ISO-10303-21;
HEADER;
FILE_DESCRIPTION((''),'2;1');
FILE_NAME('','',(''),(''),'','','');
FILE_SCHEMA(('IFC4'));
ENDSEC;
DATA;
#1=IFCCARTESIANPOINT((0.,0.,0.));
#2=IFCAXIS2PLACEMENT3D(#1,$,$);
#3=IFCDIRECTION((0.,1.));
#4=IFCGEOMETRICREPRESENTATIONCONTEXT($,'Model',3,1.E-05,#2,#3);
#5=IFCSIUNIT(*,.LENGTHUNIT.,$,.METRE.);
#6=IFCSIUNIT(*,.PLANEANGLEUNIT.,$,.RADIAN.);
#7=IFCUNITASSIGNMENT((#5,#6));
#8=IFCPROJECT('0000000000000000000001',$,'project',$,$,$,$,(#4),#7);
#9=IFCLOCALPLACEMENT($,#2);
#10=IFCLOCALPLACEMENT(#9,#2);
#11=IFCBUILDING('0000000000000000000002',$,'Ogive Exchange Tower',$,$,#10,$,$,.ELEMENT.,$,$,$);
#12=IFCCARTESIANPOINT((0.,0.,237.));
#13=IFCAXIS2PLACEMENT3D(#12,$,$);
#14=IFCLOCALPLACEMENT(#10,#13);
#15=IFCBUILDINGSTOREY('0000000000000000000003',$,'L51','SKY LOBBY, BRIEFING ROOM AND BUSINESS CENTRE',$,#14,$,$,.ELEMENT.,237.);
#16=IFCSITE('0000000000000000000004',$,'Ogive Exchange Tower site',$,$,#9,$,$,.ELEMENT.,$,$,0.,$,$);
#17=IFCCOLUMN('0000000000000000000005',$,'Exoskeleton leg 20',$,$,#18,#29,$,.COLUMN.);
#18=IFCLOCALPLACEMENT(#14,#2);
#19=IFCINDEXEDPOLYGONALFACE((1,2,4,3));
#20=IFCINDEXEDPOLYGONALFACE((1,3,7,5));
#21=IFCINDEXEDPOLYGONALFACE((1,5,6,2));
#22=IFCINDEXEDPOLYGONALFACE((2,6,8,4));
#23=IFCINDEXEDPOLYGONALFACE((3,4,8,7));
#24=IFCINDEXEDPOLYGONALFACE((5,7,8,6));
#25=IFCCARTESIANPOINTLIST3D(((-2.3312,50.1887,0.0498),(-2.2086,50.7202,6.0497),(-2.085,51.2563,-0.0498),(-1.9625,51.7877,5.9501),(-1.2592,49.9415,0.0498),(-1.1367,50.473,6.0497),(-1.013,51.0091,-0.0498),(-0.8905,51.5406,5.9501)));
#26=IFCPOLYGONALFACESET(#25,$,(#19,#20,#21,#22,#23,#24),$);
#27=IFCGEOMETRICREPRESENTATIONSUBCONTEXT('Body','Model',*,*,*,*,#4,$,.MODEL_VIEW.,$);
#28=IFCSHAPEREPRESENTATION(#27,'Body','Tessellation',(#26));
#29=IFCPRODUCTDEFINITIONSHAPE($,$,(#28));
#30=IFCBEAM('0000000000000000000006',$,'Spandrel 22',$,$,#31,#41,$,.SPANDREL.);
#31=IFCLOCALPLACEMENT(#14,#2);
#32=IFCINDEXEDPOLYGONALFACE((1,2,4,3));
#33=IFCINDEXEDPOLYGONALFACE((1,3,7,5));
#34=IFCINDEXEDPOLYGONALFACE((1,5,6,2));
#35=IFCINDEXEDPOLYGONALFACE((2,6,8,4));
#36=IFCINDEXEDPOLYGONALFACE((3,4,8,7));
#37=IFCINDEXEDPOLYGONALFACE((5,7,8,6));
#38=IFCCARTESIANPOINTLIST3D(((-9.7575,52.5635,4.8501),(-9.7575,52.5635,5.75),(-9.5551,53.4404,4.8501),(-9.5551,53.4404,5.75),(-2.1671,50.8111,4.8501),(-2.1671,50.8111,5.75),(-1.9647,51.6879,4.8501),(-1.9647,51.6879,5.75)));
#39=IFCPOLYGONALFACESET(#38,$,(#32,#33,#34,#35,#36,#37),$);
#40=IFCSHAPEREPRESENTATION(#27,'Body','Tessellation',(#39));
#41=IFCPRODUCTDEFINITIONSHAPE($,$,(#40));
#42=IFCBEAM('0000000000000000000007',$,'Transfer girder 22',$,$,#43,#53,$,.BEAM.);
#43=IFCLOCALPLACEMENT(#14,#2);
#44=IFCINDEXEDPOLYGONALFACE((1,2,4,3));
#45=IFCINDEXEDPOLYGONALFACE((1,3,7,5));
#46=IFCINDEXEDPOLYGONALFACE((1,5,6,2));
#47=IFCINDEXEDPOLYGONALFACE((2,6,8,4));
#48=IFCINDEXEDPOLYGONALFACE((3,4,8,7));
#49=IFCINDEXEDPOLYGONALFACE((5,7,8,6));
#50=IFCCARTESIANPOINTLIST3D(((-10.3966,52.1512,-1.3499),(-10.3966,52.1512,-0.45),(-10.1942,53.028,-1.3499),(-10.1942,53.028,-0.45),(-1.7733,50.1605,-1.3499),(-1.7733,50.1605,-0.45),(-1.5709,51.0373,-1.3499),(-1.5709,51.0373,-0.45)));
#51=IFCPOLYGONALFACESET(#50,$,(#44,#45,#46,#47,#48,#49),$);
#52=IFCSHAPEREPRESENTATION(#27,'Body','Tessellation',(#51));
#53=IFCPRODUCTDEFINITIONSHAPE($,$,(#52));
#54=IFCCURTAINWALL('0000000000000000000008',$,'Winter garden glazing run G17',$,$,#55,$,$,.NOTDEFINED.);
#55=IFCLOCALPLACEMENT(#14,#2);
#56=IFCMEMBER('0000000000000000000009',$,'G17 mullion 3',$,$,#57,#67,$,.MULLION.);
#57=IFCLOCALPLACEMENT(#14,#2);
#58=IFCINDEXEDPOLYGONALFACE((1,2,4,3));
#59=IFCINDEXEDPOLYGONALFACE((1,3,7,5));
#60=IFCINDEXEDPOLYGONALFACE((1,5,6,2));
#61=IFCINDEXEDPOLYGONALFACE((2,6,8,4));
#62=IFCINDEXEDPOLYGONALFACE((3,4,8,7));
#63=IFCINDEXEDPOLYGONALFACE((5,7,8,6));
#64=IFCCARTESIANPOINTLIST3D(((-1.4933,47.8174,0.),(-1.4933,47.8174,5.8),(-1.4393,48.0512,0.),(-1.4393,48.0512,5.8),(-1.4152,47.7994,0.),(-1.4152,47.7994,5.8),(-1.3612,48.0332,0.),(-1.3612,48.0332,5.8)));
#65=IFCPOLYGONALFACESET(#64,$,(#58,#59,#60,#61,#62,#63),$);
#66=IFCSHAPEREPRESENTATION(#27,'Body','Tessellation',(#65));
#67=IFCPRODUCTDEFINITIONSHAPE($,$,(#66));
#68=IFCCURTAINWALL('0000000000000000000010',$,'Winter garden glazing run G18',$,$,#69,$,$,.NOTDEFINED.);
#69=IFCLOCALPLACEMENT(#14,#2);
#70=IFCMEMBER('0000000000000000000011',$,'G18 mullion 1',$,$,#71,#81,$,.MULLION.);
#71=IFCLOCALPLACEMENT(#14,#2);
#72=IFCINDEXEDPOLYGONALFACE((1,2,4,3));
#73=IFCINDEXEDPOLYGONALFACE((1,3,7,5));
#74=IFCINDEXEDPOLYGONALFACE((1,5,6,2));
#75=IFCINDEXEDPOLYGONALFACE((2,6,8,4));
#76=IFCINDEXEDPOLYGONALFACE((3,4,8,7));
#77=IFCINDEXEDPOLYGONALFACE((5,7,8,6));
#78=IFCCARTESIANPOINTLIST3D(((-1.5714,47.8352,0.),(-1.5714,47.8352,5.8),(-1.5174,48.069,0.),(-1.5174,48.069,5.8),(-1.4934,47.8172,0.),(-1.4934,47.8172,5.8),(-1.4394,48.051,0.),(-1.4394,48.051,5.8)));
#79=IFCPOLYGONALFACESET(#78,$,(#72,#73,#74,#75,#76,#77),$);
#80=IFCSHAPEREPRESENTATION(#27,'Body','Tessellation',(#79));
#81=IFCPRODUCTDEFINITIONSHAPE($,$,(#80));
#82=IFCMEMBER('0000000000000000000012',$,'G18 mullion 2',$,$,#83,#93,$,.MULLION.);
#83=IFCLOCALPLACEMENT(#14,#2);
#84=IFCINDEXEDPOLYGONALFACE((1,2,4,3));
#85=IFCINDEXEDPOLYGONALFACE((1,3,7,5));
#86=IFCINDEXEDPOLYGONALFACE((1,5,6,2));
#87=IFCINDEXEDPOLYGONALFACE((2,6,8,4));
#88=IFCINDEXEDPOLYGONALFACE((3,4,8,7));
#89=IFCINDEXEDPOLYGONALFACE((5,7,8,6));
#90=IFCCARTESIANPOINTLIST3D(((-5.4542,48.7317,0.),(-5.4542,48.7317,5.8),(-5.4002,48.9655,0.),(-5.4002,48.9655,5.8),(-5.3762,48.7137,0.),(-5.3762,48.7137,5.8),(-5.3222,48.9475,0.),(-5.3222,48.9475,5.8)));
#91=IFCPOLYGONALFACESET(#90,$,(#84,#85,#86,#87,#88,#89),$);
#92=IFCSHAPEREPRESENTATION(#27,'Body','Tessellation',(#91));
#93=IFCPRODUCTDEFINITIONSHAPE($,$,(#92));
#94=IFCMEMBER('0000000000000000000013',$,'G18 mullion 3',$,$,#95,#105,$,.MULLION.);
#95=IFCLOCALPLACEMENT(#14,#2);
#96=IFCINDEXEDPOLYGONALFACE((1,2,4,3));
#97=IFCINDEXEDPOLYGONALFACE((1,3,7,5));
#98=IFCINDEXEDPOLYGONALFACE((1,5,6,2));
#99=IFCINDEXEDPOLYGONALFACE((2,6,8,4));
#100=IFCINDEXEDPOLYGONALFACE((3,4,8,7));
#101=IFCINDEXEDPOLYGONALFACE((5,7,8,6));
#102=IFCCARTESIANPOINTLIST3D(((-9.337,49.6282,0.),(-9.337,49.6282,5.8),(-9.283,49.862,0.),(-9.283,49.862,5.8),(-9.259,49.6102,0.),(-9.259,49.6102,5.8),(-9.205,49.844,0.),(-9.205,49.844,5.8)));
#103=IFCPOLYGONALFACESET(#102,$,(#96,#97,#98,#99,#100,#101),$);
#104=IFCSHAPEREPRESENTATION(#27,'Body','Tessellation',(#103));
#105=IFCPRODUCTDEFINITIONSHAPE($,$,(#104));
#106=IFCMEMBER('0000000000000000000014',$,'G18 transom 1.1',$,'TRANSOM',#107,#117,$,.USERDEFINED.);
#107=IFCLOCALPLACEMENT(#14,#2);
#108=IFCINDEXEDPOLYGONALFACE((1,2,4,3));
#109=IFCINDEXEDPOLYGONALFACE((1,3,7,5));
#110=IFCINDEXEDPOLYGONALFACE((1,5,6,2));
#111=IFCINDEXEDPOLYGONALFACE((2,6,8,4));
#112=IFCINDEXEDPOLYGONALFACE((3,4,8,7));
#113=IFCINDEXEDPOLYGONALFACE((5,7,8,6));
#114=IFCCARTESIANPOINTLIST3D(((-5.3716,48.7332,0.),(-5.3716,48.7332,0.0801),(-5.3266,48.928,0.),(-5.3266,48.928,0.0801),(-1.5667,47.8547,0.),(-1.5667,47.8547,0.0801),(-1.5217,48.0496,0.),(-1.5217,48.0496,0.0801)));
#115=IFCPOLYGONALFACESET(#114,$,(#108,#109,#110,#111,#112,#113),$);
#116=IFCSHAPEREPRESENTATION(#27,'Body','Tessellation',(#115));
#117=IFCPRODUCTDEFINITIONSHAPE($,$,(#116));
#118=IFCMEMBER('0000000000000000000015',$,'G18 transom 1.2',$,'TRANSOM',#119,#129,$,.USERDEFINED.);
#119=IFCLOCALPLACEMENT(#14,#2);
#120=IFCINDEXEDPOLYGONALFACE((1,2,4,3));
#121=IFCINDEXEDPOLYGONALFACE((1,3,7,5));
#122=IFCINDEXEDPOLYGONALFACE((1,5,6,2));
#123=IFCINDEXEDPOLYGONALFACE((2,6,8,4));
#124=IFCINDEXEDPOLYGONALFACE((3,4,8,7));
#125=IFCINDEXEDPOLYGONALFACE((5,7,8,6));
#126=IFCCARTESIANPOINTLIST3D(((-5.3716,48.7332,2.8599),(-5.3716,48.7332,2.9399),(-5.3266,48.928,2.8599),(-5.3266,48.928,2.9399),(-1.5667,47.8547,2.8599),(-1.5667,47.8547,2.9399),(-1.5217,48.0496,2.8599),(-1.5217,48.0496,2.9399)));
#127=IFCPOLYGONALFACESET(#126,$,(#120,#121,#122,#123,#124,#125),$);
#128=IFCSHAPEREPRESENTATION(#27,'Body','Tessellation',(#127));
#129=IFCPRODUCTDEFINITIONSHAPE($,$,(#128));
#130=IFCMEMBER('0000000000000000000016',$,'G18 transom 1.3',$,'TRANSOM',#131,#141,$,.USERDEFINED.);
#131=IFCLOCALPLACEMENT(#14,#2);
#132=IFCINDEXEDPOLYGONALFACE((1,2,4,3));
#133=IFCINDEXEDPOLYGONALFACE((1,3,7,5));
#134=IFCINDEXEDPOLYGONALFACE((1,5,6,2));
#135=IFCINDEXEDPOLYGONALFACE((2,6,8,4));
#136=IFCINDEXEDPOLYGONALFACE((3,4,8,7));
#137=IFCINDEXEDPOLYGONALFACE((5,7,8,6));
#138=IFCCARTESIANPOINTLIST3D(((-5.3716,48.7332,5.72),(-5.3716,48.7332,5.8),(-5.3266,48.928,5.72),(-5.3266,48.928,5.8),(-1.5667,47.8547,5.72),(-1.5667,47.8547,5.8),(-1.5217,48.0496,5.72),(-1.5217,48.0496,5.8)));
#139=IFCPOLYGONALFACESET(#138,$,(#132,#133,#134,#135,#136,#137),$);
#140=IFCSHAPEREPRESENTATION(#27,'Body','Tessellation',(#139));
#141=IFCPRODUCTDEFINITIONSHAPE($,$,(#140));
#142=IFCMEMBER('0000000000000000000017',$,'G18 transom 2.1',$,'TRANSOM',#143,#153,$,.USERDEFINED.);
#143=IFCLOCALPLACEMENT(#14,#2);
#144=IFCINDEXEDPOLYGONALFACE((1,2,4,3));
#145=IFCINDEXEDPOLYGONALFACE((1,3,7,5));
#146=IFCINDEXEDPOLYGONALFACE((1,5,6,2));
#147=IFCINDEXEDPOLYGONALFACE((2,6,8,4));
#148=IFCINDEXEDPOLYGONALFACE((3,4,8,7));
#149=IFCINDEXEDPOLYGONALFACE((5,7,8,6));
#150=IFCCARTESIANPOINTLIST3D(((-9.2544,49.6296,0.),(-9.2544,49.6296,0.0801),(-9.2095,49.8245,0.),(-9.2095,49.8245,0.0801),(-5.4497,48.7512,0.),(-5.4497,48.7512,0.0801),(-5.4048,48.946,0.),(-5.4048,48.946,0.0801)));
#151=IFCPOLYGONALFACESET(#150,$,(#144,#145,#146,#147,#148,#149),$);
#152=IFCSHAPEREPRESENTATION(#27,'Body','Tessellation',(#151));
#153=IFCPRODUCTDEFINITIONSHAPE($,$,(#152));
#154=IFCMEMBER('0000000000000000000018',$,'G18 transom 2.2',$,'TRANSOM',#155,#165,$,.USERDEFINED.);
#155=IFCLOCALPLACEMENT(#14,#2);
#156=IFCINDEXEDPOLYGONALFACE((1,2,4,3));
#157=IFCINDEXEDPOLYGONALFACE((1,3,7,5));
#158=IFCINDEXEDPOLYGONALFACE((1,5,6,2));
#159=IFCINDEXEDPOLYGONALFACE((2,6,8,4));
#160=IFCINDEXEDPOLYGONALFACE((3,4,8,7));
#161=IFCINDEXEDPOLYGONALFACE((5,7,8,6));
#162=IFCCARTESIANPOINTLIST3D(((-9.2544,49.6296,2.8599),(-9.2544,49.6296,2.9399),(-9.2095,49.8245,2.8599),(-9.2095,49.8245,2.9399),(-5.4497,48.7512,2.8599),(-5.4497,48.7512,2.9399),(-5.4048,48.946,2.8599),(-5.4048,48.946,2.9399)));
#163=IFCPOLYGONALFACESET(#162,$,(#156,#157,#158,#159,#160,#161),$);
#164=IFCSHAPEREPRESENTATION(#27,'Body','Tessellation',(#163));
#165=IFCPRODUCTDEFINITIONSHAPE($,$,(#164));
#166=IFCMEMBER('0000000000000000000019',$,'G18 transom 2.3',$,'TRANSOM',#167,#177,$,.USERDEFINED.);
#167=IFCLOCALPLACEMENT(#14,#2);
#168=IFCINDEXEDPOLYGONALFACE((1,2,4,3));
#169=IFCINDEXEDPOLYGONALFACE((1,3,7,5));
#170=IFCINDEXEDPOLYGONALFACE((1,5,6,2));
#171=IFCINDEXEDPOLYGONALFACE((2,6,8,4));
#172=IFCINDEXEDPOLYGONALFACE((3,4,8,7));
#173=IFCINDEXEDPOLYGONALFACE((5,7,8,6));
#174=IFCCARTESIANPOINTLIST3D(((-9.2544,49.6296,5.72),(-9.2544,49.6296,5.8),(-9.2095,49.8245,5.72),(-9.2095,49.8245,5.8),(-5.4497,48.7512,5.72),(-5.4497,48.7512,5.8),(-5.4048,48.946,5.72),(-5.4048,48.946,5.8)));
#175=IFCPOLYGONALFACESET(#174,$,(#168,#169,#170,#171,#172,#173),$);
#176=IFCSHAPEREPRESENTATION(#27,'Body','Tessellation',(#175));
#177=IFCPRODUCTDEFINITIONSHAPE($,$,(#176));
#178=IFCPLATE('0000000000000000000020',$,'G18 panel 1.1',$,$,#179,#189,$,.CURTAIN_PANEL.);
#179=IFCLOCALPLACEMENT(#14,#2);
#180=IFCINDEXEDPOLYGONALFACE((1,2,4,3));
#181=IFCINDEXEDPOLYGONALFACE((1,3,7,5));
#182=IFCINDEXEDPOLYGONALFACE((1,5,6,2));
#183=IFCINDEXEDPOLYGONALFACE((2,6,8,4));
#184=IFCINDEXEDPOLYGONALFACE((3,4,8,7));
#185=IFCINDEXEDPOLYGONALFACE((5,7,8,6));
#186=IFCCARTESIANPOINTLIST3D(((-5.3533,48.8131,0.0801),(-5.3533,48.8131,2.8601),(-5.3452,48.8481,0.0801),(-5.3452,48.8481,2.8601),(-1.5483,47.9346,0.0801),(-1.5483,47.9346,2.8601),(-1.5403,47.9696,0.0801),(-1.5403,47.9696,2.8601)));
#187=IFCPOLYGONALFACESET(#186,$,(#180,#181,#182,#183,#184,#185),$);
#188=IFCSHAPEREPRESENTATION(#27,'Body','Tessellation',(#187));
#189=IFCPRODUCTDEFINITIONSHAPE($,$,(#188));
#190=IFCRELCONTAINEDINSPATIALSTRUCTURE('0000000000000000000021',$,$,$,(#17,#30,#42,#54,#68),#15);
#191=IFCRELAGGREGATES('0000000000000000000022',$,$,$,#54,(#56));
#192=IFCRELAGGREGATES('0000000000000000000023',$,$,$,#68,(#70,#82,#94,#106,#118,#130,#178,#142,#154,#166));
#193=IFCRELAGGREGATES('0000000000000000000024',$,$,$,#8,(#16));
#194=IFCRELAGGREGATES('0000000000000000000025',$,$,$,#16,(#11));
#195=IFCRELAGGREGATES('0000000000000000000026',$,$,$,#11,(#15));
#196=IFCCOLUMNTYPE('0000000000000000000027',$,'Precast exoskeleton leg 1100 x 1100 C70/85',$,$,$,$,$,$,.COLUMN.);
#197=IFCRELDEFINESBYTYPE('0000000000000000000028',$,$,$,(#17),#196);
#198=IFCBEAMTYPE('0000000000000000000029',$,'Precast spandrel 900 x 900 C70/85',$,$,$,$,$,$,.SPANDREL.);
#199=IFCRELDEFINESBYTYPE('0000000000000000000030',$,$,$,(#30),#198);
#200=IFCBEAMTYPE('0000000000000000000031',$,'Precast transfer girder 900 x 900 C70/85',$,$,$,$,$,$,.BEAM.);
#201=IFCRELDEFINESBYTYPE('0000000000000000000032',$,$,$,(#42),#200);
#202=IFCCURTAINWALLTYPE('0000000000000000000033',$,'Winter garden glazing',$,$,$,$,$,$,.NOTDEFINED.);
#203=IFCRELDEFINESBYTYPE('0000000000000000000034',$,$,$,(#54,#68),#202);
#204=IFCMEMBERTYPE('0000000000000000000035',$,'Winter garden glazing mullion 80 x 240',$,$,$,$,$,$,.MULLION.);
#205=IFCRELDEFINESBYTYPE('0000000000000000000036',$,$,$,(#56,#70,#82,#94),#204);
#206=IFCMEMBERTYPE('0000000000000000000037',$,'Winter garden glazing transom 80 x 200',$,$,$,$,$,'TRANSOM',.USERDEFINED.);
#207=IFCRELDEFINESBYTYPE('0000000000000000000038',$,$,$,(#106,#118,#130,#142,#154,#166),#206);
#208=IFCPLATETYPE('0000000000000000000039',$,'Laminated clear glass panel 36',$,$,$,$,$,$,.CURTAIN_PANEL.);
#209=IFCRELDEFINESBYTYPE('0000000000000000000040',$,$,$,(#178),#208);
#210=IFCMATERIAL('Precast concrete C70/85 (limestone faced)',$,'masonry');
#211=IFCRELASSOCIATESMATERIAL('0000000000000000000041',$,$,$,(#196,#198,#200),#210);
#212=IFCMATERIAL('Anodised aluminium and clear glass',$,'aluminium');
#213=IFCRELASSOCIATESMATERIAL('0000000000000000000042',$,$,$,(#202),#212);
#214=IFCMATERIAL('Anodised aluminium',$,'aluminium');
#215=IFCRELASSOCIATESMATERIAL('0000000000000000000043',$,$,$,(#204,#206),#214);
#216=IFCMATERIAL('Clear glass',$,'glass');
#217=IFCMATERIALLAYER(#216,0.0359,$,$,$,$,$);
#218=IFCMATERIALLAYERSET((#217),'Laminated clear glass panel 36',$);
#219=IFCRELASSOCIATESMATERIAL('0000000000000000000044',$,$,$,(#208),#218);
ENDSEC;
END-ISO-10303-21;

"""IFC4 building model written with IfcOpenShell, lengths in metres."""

from ifc_helpers import new_model, si_unit, direction, frame, origin, origin_2d, place, context, subcontext, project, spatial, rectangle, extrude, material, layer, layer_set, material_profile, profile_set, type_object, element, aggregate, save


model = new_model("IFC4")

# Units and contexts
model_context = context("Model", 3, precision=1e-05, world=origin(), true_north=direction((0.0, 1.0)))
body_context = subcontext(model_context, "Body", "Model", "MODEL_VIEW")
ifc_project = project(units=[si_unit("LENGTHUNIT", "METRE"), si_unit("PLANEANGLEUNIT", "RADIAN")], contexts=[model_context])

# Site, building, storey
site_placement = place(None, origin())
site = spatial("IfcSite", under=ifc_project, at=site_placement, Name="Ogive Exchange Tower site", CompositionType="ELEMENT", RefElevation=0.0)
building_placement = place(site_placement, origin())
building = spatial("IfcBuilding", under=site, at=building_placement, Name="Ogive Exchange Tower", CompositionType="ELEMENT")
storey_placement = place(building_placement, frame((0.0, 0.0, 237.0)))
storey = spatial("IfcBuildingStorey", under=building, at=storey_placement, Name="L51", Description="SKY LOBBY, BRIEFING ROOM AND BUSINESS CENTRE", CompositionType="ELEMENT", Elevation=237.0)

# Column
ifc_material_1 = material(Name="Precast concrete C70/85 (limestone faced)", Category="masonry")
ifc_material_profile_1 = material_profile(ifc_material_1, rectangle(XDim=1.1001, YDim=1.1001, at=origin_2d()), Name="1100 x 1100")
ifc_profile_set_1 = profile_set([ifc_material_profile_1], Name="Precast concrete C70/85 (limestone faced)")
column_type = type_object("IfcColumnType", Name="Precast exoskeleton leg 1100 x 1100 C70/85", PredefinedType="COLUMN", material=ifc_profile_set_1)
column_placement = place(storey_placement, frame((-1.6721, 50.5989, 0.0), z_axis=(0.020343, 0.088219, 0.995893), x_axis=(-0.974429, 0.224696, 0.0)))
element("IfcColumn", 1, at=column_placement, inside=storey, type_object=column_type, Name="Exoskeleton leg 20", PredefinedType="COLUMN", context=body_context, shape_type="SweptSolid", body=[
    extrude(rectangle(XDim=1.1001, YDim=1.1001, at=origin_2d()), origin(), (0.0, 0.0, 1.0), 6.0247),
])

# Beams
ifc_material_profile_2 = material_profile(ifc_material_1, rectangle(XDim=0.8999, YDim=0.8999, at=origin_2d()), Name="900 x 900")
ifc_profile_set_2 = profile_set([ifc_material_profile_2], Name="Precast concrete C70/85 (limestone faced)")
beam_type_1 = type_object("IfcBeamType", Name="Precast spandrel 900 x 900 C70/85", PredefinedType="SPANDREL", material=ifc_profile_set_2)
beam_1_placement = place(storey_placement, frame((-2.0659, 51.2495, 5.3), z_axis=(-0.974368, 0.22496, 0.0), x_axis=(-0.22496, -0.974368, 0.0)))
element("IfcBeam", 2, at=beam_1_placement, inside=storey, type_object=beam_type_1, Name="Spandrel 22", PredefinedType="SPANDREL", context=body_context, shape_type="SweptSolid", body=[
    extrude(rectangle(XDim=0.8999, YDim=0.8999, at=origin_2d()), origin(), (0.0, 0.0, 1.0), 7.79),
])
ifc_material_profile_3 = material_profile(ifc_material_1, rectangle(XDim=0.8999, YDim=0.8999, at=origin_2d()), Name="900 x 900")
ifc_profile_set_3 = profile_set([ifc_material_profile_3], Name="Precast concrete C70/85 (limestone faced)")
beam_type_2 = type_object("IfcBeamType", Name="Precast transfer girder 900 x 900 C70/85", PredefinedType="BEAM", material=ifc_profile_set_3)
beam_2_placement = place(storey_placement, frame((-1.6721, 50.5989, -0.8999), z_axis=(-0.974373, 0.224938, 0.0), x_axis=(-0.224938, -0.974373, 0.0)))
element("IfcBeam", 3, at=beam_2_placement, inside=storey, type_object=beam_type_2, Name="Transfer girder 22", PredefinedType="BEAM", context=body_context, shape_type="SweptSolid", body=[
    extrude(rectangle(XDim=0.8999, YDim=0.8999, at=origin_2d()), origin(), (0.0, 0.0, 1.0), 8.8501),
])

# Curtain wall, member
ifc_material_2 = material(Name="Anodised aluminium and clear glass", Category="aluminium")
curtain_wall_type = type_object("IfcCurtainWallType", Name="Winter garden glazing", PredefinedType="NOTDEFINED", material=ifc_material_2)
curtain_wall_1_placement = place(storey_placement, origin())
curtain_wall_1 = element("IfcCurtainWall", 4, at=curtain_wall_1_placement, inside=storey, type_object=curtain_wall_type, Name="Winter garden glazing run G17", PredefinedType="NOTDEFINED")
ifc_material_3 = material(Name="Anodised aluminium", Category="aluminium")
ifc_material_profile_4 = material_profile(ifc_material_3, rectangle(XDim=0.24, YDim=0.0801, at=origin_2d()), Name="AL 80x240")
ifc_profile_set_4 = profile_set([ifc_material_profile_4], Name="Anodised aluminium")
member_type_1 = type_object("IfcMemberType", Name="Winter garden glazing mullion 80 x 240", PredefinedType="MULLION", material=ifc_profile_set_4)
member_1_placement = place(storey_placement, frame((-1.4272, 47.9253, 0.0), z_axis=(0.0, 0.0, 1.0), x_axis=(-0.224944, -0.974372, 0.0)))
member_1 = element("IfcMember", 5, at=member_1_placement, type_object=member_type_1, Name="G17 mullion 3", PredefinedType="MULLION", context=body_context, shape_type="SweptSolid", body=[
    extrude(rectangle(XDim=0.24, YDim=0.0801, at=origin_2d()), origin(), (0.0, 0.0, 1.0), 5.8),
])
aggregate(curtain_wall_1, [member_1])

# Curtain wall, members, plate
curtain_wall_2_placement = place(storey_placement, origin())
curtain_wall_2 = element("IfcCurtainWall", 6, at=curtain_wall_2_placement, inside=storey, type_object=curtain_wall_type, Name="Winter garden glazing run G18", PredefinedType="NOTDEFINED")
member_2_placement = place(storey_placement, frame((-1.5054, 47.9431, 0.0), z_axis=(0.0, 0.0, 1.0), x_axis=(-0.224956, -0.974369, 0.0)))
member_2 = element("IfcMember", 7, at=member_2_placement, type_object=member_type_1, Name="G18 mullion 1", PredefinedType="MULLION", context=body_context, shape_type="SweptSolid", body=[
    extrude(rectangle(XDim=0.24, YDim=0.0801, at=origin_2d()), origin(), (0.0, 0.0, 1.0), 5.8),
])
member_3_placement = place(storey_placement, frame((-5.3882, 48.8396, 0.0), z_axis=(0.0, 0.0, 1.0), x_axis=(-0.224956, -0.974369, 0.0)))
member_3 = element("IfcMember", 8, at=member_3_placement, type_object=member_type_1, Name="G18 mullion 2", PredefinedType="MULLION", context=body_context, shape_type="SweptSolid", body=[
    extrude(rectangle(XDim=0.24, YDim=0.0801, at=origin_2d()), origin(), (0.0, 0.0, 1.0), 5.8),
])
member_4_placement = place(storey_placement, frame((-9.271, 49.7361, 0.0), z_axis=(0.0, 0.0, 1.0), x_axis=(-0.224956, -0.974369, 0.0)))
member_4 = element("IfcMember", 9, at=member_4_placement, type_object=member_type_1, Name="G18 mullion 3", PredefinedType="MULLION", context=body_context, shape_type="SweptSolid", body=[
    extrude(rectangle(XDim=0.24, YDim=0.0801, at=origin_2d()), origin(), (0.0, 0.0, 1.0), 5.8),
])
ifc_material_profile_5 = material_profile(ifc_material_3, rectangle(XDim=0.2, YDim=0.0801, at=origin_2d()), Name="AL 80x200")
ifc_profile_set_5 = profile_set([ifc_material_profile_5], Name="Anodised aluminium")
member_type_2 = type_object("IfcMemberType", Name="Winter garden glazing transom 80 x 200", ElementType="TRANSOM", PredefinedType="USERDEFINED", material=ifc_profile_set_5)
member_5_placement = place(storey_placement, frame((-1.5442, 47.9521, 0.04), z_axis=(-0.974371, 0.224946, 0.0), x_axis=(-0.224946, -0.974371, 0.0)))
member_5 = element("IfcMember", 10, at=member_5_placement, type_object=member_type_2, Name="G18 transom 1.1", ObjectType="TRANSOM", PredefinedType="USERDEFINED", context=body_context, shape_type="SweptSolid", body=[
    extrude(rectangle(XDim=0.2, YDim=0.0801, at=origin_2d()), origin(), (0.0, 0.0, 1.0), 3.905),
])
member_6_placement = place(storey_placement, frame((-1.5442, 47.9521, 2.8999), z_axis=(-0.974371, 0.224946, 0.0), x_axis=(-0.224946, -0.974371, 0.0)))
member_6 = element("IfcMember", 11, at=member_6_placement, type_object=member_type_2, Name="G18 transom 1.2", ObjectType="TRANSOM", PredefinedType="USERDEFINED", context=body_context, shape_type="SweptSolid", body=[
    extrude(rectangle(XDim=0.2, YDim=0.0801, at=origin_2d()), origin(), (0.0, 0.0, 1.0), 3.905),
])
member_7_placement = place(storey_placement, frame((-1.5442, 47.9521, 5.76), z_axis=(-0.974371, 0.224946, 0.0), x_axis=(-0.224946, -0.974371, 0.0)))
member_7 = element("IfcMember", 12, at=member_7_placement, type_object=member_type_2, Name="G18 transom 1.3", ObjectType="TRANSOM", PredefinedType="USERDEFINED", context=body_context, shape_type="SweptSolid", body=[
    extrude(rectangle(XDim=0.2, YDim=0.0801, at=origin_2d()), origin(), (0.0, 0.0, 1.0), 3.905),
])
member_8_placement = place(storey_placement, frame((-5.4272, 48.8486, 0.04), z_axis=(-0.974368, 0.22496, 0.0), x_axis=(-0.22496, -0.974368, 0.0)))
member_8 = element("IfcMember", 13, at=member_8_placement, type_object=member_type_2, Name="G18 transom 2.1", ObjectType="TRANSOM", PredefinedType="USERDEFINED", context=body_context, shape_type="SweptSolid", body=[
    extrude(rectangle(XDim=0.2, YDim=0.0801, at=origin_2d()), origin(), (0.0, 0.0, 1.0), 3.9048),
])
member_9_placement = place(storey_placement, frame((-5.4272, 48.8486, 2.8999), z_axis=(-0.974368, 0.22496, 0.0), x_axis=(-0.22496, -0.974368, 0.0)))
member_9 = element("IfcMember", 14, at=member_9_placement, type_object=member_type_2, Name="G18 transom 2.2", ObjectType="TRANSOM", PredefinedType="USERDEFINED", context=body_context, shape_type="SweptSolid", body=[
    extrude(rectangle(XDim=0.2, YDim=0.0801, at=origin_2d()), origin(), (0.0, 0.0, 1.0), 3.9048),
])
member_10_placement = place(storey_placement, frame((-5.4272, 48.8486, 5.76), z_axis=(-0.974368, 0.22496, 0.0), x_axis=(-0.22496, -0.974368, 0.0)))
member_10 = element("IfcMember", 15, at=member_10_placement, type_object=member_type_2, Name="G18 transom 2.3", ObjectType="TRANSOM", PredefinedType="USERDEFINED", context=body_context, shape_type="SweptSolid", body=[
    extrude(rectangle(XDim=0.2, YDim=0.0801, at=origin_2d()), origin(), (0.0, 0.0, 1.0), 3.9048),
])
ifc_material_4 = material(Name="Clear glass", Category="glass")
ifc_layer_1 = layer(ifc_material_4, 0.0359)
ifc_layer_set_1 = layer_set([ifc_layer_1], Name="Laminated clear glass panel 36")
plate_type = type_object("IfcPlateType", Name="Laminated clear glass panel 36", PredefinedType="CURTAIN_PANEL", material=ifc_layer_set_1)
plate_1_placement = place(storey_placement, frame((-3.4468, 48.3914, 0.0801), z_axis=(0.0, 0.0, 1.0), x_axis=(-0.974369, 0.224956, 0.0)))
plate_1 = element("IfcPlate", 16, at=plate_1_placement, type_object=plate_type, Name="G18 panel 1.1", PredefinedType="CURTAIN_PANEL", context=body_context, shape_type="SweptSolid", body=[
    extrude(rectangle(XDim=3.905, YDim=0.0359, at=origin_2d()), origin(), (0.0, 0.0, 1.0), 2.78),
])
aggregate(curtain_wall_2, [member_2, member_3, member_4, member_5, member_6, member_7, plate_1, member_8, member_9, member_10])

save(model, "model.ifc")
